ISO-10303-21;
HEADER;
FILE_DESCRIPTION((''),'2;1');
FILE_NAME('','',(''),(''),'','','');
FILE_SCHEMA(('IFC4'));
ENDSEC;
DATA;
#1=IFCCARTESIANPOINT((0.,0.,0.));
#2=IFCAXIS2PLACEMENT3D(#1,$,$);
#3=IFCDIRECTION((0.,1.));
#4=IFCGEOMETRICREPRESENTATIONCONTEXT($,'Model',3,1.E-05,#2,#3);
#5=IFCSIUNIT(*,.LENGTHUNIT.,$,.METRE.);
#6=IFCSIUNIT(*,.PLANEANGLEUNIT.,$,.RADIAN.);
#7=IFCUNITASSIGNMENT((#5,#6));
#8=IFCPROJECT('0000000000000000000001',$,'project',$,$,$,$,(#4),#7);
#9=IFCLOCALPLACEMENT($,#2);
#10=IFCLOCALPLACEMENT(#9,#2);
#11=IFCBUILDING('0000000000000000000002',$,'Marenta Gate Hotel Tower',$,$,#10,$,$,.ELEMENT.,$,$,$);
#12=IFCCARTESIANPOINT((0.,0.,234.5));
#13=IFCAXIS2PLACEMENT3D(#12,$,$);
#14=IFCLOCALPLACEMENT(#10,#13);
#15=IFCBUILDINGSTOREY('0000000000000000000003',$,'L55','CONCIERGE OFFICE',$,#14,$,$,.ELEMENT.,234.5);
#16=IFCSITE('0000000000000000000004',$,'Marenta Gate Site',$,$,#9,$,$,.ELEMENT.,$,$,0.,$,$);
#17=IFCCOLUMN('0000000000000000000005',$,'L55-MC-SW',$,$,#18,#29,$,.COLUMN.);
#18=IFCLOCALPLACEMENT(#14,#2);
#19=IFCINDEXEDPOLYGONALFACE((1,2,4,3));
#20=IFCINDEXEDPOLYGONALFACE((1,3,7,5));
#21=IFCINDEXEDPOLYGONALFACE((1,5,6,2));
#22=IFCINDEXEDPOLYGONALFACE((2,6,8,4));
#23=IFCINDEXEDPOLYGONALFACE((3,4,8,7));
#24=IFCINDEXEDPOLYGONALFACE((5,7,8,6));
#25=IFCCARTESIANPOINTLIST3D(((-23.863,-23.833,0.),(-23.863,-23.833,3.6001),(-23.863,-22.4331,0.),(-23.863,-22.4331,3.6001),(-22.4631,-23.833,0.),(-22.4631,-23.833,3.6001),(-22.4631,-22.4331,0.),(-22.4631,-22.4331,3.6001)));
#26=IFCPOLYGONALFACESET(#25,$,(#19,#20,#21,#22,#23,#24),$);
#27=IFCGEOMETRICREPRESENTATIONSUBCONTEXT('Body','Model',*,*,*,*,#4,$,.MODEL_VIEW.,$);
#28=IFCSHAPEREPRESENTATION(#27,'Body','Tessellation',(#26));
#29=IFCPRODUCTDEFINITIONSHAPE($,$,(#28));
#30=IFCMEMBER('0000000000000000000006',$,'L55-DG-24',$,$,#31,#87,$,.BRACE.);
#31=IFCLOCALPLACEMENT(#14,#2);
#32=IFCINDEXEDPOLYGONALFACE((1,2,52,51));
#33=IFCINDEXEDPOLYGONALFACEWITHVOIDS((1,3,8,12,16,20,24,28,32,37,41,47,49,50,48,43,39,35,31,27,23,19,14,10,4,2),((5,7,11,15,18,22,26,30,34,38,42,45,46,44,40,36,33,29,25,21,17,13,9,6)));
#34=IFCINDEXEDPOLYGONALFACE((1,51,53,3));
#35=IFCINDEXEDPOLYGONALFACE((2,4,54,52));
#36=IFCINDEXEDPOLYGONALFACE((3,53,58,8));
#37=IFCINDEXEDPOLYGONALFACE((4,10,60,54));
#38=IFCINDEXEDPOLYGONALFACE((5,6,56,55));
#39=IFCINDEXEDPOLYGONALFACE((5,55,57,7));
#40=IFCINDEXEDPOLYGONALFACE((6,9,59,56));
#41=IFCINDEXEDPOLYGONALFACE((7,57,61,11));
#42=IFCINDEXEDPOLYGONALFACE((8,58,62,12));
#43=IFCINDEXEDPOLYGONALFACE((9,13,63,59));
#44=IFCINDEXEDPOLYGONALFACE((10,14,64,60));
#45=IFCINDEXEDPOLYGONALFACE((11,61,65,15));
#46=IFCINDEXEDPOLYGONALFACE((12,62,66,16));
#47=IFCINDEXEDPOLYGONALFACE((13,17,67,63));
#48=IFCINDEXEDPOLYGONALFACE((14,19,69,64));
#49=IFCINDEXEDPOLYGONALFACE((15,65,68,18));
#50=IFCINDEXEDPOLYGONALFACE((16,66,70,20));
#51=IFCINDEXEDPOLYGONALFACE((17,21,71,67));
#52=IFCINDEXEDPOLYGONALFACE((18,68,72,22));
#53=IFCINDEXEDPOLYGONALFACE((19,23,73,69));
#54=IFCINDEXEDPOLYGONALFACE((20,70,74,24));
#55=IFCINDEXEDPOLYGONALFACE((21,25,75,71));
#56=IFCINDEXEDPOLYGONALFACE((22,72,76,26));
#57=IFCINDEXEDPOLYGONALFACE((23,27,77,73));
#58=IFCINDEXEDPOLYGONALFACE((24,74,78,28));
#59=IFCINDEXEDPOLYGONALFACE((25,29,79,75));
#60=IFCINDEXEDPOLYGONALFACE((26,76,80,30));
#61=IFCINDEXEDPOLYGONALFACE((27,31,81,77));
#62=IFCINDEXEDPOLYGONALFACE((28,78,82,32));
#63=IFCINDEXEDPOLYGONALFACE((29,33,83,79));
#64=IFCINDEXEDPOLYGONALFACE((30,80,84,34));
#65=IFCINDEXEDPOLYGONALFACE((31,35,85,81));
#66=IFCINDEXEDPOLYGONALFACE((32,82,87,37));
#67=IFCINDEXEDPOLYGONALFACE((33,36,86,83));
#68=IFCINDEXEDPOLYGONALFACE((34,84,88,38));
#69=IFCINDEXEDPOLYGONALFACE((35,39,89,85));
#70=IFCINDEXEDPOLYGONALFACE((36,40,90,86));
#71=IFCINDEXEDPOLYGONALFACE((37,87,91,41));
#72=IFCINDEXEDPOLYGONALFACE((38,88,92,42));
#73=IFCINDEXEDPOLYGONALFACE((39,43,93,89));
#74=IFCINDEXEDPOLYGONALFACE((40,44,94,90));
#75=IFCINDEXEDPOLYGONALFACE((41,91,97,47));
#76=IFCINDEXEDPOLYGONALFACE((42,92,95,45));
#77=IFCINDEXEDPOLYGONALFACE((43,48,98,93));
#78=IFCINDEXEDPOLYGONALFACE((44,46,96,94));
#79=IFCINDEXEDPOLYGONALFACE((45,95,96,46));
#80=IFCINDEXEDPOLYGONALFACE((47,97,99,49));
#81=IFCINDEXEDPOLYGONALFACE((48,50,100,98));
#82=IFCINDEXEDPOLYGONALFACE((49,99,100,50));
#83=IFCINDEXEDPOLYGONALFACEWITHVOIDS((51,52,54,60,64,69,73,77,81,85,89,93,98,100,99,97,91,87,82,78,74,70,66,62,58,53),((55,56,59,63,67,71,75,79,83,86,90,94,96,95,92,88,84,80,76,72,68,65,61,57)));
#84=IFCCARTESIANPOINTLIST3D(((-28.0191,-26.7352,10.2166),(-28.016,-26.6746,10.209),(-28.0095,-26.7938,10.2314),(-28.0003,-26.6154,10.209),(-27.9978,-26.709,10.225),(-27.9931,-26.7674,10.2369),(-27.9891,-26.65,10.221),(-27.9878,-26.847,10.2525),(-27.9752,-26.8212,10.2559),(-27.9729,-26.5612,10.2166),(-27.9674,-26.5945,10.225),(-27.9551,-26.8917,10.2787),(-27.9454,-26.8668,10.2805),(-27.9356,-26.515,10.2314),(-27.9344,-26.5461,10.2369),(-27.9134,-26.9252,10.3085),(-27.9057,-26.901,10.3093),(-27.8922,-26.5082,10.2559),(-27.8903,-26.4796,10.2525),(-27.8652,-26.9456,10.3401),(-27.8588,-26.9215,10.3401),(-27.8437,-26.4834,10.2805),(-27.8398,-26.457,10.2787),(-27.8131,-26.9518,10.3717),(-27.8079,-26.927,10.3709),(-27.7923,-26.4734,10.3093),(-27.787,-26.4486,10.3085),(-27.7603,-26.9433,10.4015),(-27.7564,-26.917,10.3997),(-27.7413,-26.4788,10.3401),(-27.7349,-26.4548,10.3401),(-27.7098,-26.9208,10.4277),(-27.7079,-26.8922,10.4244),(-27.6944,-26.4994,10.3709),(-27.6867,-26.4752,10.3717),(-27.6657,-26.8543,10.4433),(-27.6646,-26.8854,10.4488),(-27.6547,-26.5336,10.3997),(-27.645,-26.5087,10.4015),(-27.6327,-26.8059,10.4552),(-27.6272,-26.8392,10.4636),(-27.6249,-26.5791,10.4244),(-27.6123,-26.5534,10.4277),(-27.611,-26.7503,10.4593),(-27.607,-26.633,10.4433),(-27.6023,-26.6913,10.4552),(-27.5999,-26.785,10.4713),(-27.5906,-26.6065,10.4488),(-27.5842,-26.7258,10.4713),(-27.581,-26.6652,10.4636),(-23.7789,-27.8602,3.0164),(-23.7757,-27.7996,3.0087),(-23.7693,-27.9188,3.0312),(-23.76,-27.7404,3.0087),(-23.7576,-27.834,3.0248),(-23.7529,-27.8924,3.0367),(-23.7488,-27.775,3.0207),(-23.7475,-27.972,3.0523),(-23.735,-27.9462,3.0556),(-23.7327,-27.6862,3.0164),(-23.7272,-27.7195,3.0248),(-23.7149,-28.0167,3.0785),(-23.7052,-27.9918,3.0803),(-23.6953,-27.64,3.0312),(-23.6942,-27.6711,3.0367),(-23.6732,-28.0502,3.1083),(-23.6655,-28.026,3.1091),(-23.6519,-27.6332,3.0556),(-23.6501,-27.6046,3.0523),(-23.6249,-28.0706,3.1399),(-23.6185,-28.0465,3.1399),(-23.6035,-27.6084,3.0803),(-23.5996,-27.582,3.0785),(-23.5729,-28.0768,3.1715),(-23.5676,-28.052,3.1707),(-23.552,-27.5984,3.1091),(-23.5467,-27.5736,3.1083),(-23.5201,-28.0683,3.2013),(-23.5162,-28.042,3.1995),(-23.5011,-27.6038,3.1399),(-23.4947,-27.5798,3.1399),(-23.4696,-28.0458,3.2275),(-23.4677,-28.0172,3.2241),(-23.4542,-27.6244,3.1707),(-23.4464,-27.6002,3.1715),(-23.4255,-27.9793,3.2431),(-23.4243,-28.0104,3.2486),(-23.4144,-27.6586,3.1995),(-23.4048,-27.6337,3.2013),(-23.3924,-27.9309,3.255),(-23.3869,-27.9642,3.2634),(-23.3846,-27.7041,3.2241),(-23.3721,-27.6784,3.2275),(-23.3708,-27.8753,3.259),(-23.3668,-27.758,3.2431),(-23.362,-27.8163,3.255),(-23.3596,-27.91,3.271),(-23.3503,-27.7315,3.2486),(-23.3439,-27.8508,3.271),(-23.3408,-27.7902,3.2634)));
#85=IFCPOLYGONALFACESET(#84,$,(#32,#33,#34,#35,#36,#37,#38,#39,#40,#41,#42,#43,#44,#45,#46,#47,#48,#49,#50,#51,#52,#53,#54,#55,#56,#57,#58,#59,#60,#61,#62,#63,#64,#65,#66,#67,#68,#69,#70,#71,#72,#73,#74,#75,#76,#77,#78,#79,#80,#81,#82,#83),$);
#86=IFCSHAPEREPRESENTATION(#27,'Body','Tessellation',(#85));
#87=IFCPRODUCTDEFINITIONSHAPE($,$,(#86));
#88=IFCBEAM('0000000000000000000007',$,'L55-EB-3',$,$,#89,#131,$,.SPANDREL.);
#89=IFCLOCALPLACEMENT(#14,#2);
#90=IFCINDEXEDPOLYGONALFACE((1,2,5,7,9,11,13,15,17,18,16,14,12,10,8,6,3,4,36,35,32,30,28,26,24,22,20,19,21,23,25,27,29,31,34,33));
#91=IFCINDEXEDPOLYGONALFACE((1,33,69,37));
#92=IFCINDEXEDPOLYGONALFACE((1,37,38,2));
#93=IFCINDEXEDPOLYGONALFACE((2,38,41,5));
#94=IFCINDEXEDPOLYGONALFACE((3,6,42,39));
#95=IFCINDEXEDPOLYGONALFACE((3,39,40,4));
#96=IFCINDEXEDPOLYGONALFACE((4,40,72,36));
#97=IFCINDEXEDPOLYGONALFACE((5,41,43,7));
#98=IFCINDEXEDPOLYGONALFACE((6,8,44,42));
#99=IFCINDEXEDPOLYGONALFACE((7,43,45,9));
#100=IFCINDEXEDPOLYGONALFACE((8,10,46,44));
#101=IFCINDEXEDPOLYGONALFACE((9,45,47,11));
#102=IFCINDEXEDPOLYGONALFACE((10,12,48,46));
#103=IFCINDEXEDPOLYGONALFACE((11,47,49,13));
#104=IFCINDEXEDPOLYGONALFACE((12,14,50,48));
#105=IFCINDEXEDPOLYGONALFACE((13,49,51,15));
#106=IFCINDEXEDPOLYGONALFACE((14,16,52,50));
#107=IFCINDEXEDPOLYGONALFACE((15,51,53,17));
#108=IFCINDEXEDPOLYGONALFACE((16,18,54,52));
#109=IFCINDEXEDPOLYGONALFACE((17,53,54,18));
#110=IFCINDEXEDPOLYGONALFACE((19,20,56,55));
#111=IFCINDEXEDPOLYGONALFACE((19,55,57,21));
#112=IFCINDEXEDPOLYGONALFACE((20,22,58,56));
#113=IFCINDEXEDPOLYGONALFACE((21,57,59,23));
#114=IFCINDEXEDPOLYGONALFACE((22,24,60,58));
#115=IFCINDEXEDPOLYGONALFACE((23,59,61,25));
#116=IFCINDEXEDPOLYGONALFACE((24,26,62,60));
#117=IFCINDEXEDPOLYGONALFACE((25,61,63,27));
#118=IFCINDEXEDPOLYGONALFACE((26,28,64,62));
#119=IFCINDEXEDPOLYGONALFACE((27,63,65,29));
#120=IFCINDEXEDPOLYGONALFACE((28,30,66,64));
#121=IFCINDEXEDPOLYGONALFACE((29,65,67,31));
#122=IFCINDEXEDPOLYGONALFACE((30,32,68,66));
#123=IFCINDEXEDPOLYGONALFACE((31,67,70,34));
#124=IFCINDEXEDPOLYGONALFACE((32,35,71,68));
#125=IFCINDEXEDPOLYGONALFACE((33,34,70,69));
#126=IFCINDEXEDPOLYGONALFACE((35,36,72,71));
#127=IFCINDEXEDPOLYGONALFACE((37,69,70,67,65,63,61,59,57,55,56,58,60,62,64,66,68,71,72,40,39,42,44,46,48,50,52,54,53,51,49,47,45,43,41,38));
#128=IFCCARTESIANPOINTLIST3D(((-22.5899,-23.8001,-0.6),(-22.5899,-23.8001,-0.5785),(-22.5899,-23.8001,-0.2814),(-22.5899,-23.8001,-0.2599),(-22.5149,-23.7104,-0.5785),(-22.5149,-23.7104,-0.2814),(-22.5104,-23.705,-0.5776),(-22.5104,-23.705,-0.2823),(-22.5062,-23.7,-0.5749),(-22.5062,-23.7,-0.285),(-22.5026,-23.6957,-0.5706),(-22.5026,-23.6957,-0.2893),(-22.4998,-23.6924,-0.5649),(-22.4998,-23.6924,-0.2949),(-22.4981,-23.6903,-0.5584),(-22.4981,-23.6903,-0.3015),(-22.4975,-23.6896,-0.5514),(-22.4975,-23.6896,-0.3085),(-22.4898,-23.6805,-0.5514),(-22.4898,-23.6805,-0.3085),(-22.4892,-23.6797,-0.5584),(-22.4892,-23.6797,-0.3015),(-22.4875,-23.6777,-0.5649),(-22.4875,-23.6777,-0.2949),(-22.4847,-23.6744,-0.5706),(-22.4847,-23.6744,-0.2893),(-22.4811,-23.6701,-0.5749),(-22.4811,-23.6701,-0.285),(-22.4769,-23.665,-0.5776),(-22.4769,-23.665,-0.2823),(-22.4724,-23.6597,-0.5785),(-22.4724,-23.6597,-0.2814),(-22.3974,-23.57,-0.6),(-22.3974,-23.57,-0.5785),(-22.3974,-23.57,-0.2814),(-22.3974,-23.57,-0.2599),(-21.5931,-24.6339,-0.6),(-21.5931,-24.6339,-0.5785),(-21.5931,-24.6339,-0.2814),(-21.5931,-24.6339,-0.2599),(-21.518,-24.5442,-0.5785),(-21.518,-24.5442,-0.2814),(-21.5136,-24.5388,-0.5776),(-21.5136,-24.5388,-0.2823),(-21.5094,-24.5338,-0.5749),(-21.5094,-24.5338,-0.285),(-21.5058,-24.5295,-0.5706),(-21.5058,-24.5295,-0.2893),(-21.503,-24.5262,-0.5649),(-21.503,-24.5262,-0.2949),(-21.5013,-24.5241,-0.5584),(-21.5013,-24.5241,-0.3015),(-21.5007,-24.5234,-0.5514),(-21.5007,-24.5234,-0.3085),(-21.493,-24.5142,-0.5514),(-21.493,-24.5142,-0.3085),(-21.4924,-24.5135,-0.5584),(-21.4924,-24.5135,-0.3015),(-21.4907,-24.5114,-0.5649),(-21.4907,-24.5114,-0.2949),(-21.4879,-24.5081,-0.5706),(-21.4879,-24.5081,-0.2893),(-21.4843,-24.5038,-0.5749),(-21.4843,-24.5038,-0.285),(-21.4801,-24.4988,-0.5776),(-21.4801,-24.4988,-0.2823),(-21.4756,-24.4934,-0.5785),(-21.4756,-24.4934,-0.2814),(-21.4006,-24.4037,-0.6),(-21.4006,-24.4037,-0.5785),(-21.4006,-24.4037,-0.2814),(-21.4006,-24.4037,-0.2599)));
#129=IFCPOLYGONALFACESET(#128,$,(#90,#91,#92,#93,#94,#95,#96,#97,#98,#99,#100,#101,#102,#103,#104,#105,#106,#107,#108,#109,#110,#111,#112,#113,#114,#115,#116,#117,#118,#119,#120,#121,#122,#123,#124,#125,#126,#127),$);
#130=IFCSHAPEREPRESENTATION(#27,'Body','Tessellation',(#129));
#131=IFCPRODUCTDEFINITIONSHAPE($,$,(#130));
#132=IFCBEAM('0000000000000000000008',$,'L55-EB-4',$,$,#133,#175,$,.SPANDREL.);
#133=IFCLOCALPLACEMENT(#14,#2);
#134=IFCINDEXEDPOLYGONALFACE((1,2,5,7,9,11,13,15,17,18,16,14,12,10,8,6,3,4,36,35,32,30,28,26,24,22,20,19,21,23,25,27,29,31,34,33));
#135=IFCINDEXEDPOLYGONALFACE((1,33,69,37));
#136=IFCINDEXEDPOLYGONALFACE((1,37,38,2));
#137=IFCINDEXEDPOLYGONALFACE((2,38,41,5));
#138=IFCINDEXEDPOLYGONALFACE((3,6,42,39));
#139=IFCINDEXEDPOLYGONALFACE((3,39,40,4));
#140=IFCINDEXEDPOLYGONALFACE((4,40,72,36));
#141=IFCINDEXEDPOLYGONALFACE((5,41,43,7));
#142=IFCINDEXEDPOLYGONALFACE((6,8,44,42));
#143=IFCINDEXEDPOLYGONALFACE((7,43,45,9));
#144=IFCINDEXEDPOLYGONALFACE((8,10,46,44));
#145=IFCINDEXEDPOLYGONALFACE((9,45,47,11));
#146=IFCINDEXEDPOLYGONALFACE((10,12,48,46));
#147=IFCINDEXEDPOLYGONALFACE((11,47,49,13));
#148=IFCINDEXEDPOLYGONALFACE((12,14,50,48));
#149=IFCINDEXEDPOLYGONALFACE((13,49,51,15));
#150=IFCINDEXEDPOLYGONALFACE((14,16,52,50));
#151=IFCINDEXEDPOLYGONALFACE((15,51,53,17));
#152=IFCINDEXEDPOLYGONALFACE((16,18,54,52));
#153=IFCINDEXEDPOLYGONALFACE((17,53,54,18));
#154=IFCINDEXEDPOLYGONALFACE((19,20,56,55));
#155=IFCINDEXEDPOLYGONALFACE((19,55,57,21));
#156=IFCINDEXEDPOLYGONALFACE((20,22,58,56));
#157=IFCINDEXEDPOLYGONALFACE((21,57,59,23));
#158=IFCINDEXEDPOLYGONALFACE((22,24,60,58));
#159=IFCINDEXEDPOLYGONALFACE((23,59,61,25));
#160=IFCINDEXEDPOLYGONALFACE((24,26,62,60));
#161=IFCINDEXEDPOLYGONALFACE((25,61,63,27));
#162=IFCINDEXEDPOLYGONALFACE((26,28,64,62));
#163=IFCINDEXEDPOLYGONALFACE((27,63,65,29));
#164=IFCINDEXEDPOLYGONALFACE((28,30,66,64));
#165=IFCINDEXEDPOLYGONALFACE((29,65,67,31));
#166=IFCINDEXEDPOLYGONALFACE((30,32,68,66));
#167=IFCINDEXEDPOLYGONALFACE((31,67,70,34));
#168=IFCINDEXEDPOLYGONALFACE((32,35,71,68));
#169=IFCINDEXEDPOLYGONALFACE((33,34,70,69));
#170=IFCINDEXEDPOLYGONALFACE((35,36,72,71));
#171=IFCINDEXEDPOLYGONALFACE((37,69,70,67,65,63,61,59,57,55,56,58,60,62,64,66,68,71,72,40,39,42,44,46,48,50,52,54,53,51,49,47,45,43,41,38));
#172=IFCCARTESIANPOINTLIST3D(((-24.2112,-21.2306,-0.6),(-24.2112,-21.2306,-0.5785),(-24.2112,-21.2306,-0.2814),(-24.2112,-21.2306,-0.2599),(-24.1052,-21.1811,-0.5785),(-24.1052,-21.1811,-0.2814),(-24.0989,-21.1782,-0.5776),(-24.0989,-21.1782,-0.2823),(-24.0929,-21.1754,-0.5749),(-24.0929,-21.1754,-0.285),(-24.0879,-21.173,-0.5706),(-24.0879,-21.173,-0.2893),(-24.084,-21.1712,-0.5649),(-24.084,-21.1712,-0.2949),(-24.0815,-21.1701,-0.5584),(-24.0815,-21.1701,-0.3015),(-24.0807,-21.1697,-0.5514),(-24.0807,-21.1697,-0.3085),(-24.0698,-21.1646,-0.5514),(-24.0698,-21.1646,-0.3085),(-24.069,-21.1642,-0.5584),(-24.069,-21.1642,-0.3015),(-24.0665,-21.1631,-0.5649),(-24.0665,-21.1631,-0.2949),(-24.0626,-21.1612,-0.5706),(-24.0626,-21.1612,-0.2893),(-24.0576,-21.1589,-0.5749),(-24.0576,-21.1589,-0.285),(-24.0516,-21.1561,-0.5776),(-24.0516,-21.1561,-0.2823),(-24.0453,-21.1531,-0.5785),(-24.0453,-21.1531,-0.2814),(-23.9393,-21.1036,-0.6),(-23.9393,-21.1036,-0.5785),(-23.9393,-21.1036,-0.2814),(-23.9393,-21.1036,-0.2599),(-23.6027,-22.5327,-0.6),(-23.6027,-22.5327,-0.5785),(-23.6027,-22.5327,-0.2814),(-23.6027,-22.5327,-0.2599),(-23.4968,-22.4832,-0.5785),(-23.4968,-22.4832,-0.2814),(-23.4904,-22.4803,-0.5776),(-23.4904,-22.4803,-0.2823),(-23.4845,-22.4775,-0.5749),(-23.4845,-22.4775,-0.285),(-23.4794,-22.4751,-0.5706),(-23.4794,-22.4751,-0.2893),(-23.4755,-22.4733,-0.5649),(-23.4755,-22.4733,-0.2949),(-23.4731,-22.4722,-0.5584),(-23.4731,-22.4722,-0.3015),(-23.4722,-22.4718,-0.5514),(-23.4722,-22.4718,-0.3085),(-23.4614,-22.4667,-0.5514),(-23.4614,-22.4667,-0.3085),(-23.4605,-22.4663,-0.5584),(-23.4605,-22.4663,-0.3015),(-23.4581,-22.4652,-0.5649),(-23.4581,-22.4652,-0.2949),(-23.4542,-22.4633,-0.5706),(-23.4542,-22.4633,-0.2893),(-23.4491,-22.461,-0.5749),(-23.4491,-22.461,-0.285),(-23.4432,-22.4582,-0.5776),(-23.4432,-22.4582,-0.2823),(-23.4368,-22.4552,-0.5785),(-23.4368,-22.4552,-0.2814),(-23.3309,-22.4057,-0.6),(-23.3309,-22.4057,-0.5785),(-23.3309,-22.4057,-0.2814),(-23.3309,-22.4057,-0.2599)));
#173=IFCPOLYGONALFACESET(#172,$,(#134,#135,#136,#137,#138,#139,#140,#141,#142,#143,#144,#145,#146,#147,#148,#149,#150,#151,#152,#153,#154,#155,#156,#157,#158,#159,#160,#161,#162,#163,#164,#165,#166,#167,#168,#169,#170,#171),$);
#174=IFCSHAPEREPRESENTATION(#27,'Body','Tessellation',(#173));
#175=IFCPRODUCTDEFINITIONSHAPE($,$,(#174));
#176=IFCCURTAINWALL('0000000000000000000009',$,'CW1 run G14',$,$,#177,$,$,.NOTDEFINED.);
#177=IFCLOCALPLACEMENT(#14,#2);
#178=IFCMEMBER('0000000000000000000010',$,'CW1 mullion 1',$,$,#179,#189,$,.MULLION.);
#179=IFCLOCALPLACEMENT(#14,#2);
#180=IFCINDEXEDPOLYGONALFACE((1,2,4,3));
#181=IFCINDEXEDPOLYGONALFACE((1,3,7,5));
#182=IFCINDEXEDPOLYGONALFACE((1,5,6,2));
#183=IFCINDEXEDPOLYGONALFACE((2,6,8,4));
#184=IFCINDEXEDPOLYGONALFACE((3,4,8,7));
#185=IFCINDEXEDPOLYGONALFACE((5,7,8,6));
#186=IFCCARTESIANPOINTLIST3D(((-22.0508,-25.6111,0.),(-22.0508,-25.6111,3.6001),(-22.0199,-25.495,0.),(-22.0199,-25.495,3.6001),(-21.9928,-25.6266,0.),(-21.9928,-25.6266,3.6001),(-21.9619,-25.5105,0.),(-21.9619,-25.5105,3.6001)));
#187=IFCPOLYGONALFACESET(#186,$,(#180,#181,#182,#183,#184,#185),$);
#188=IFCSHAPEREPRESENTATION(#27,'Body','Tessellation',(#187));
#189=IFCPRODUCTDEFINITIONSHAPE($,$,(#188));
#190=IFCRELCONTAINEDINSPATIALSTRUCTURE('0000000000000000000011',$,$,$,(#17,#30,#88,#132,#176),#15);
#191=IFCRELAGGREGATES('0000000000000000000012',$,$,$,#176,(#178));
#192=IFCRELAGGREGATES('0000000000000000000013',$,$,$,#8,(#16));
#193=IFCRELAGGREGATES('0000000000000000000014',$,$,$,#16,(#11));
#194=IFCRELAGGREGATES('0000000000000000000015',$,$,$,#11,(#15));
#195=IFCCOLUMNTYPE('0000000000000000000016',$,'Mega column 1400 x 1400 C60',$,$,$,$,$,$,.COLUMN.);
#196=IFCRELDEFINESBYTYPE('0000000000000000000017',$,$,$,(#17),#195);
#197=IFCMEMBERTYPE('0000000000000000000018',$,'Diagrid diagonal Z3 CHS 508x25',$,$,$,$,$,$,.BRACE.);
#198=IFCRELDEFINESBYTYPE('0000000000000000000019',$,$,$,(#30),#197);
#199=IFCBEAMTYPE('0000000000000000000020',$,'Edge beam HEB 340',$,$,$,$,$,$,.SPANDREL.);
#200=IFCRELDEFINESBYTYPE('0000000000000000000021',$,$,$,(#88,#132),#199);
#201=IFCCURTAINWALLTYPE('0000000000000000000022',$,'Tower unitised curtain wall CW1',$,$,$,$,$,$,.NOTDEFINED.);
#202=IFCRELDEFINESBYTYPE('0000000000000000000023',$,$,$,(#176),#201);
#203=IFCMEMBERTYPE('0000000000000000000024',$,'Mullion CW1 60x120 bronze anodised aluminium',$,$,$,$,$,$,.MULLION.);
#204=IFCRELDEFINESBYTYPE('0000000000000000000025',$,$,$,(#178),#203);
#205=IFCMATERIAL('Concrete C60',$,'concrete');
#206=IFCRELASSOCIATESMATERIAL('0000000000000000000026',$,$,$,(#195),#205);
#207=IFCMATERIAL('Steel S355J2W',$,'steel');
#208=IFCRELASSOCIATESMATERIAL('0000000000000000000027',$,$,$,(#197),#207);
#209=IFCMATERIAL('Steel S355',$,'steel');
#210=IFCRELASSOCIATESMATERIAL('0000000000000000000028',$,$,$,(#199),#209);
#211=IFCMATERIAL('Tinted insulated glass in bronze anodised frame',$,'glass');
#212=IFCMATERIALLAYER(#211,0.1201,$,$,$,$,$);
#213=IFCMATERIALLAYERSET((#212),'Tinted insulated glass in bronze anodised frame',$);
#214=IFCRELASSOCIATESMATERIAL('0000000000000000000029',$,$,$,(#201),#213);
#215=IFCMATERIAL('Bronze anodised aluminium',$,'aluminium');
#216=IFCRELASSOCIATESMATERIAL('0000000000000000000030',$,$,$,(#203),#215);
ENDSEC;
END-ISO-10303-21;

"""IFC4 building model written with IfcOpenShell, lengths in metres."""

from ifc_helpers import new_model, si_unit, direction, frame, origin, origin_2d, place, context, subcontext, project, spatial, rectangle, hollow_circle, i_section, extrude, material, layer, layer_set, material_profile, profile_set, type_object, element, aggregate, save


model = new_model("IFC4")

# Units and contexts
model_context = context("Model", 3, precision=1e-05, world=origin(), true_north=direction((0.0, 1.0)))
body_context = subcontext(model_context, "Body", "Model", "MODEL_VIEW")
ifc_project = project(units=[si_unit("LENGTHUNIT", "METRE"), si_unit("PLANEANGLEUNIT", "RADIAN")], contexts=[model_context])

# Site, building, storey
site_placement = place(None, origin())
site = spatial("IfcSite", under=ifc_project, at=site_placement, Name="Marenta Gate Site", CompositionType="ELEMENT", RefElevation=0.0)
building_placement = place(site_placement, origin())
building = spatial("IfcBuilding", under=site, at=building_placement, Name="Marenta Gate Hotel Tower", CompositionType="ELEMENT")
storey_placement = place(building_placement, frame((0.0, 0.0, 234.5)))
storey = spatial("IfcBuildingStorey", under=building, at=storey_placement, Name="L55", Description="CONCIERGE OFFICE", CompositionType="ELEMENT", Elevation=234.5)

# Column
ifc_material_1 = material(Name="Concrete C60", Category="concrete")
ifc_material_profile_1 = material_profile(ifc_material_1, rectangle(XDim=1.3999, YDim=1.3999, at=origin_2d()), Name="1400 x 1400")
ifc_profile_set_1 = profile_set([ifc_material_profile_1], Name="Concrete C60")
column_type = type_object("IfcColumnType", Name="Mega column 1400 x 1400 C60", PredefinedType="COLUMN", material=ifc_profile_set_1)
column_placement = place(storey_placement, frame((-23.1631, -23.1331, 0.0), z_axis=(0.0, 0.0, 1.0), x_axis=(1.0, 0.0, 0.0)))
element("IfcColumn", 1, at=column_placement, inside=storey, type_object=column_type, Name="L55-MC-SW", PredefinedType="COLUMN", context=body_context, shape_type="SweptSolid", body=[
    extrude(rectangle(XDim=1.3999, YDim=1.3999, at=origin_2d()), origin(), (0.0, 0.0, 1.0), 3.6001),
])

# Member
ifc_material_2 = material(Name="Steel S355J2W", Category="steel")
ifc_material_profile_2 = material_profile(ifc_material_2, hollow_circle(Radius=0.2539, WallThickness=0.0249, at=origin_2d()), Name="CHS 508x25")
ifc_profile_set_2 = profile_set([ifc_material_profile_2], Name="Steel S355J2W")
member_type_1 = type_object("IfcMemberType", Name="Diagrid diagonal Z3 CHS 508x25", PredefinedType="BRACE", material=ifc_profile_set_2)
member_1_placement = place(storey_placement, frame((-23.5598, -27.8252, 3.1399), z_axis=(-0.502912, 0.13343, 0.853977), x_axis=(-0.256443, -0.966559, 0.0)))
element("IfcMember", 2, at=member_1_placement, inside=storey, type_object=member_type_1, Name="L55-DG-24", PredefinedType="BRACE", context=body_context, shape_type="SweptSolid", body=[
    extrude(hollow_circle(Radius=0.2539, WallThickness=0.0249, at=origin_2d()), origin(), (0.0, 0.0, 1.0), 8.4314),
])

# Beams
ifc_material_3 = material(Name="Steel S355", Category="steel")
ifc_material_profile_3 = material_profile(ifc_material_3, i_section(OverallWidth=0.3, OverallDepth=0.3401, WebThickness=0.012, FlangeThickness=0.0215, FilletRadius=0.0271, at=origin_2d()), Name="HEB 340")
ifc_profile_set_3 = profile_set([ifc_material_profile_3], Name="Steel S355")
beam_type = type_object("IfcBeamType", Name="Edge beam HEB 340", PredefinedType="SPANDREL", material=ifc_profile_set_3)
beam_1_placement = place(storey_placement, frame((-21.4968, -24.5188, -0.4299), z_axis=(-0.767065, 0.641569, 0.0), x_axis=(-0.641569, -0.767065, 0.0)))
element("IfcBeam", 3, at=beam_1_placement, inside=storey, type_object=beam_type, Name="L55-EB-3", PredefinedType="SPANDREL", context=body_context, shape_type="SweptSolid", body=[
    extrude(i_section(OverallWidth=0.3, OverallDepth=0.3401, WebThickness=0.012, FlangeThickness=0.0215, FilletRadius=0.0271, at=origin_2d()), origin(), (0.0, 0.0, 1.0), 1.2996),
])
beam_2_placement = place(storey_placement, frame((-23.4668, -22.4692, -0.4299), z_axis=(-0.423341, 0.90597, 0.0), x_axis=(-0.90597, -0.423341, 0.0)))
element("IfcBeam", 4, at=beam_2_placement, inside=storey, type_object=beam_type, Name="L55-EB-4", PredefinedType="SPANDREL", context=body_context, shape_type="SweptSolid", body=[
    extrude(i_section(OverallWidth=0.3, OverallDepth=0.3401, WebThickness=0.012, FlangeThickness=0.0215, FilletRadius=0.0271, at=origin_2d()), origin(), (0.0, 0.0, 1.0), 1.4373),
])

# Curtain wall, member
ifc_material_4 = material(Name="Tinted insulated glass in bronze anodised frame", Category="glass")
ifc_layer_1 = layer(ifc_material_4, 0.1201)
ifc_layer_set_1 = layer_set([ifc_layer_1], Name="Tinted insulated glass in bronze anodised frame")
curtain_wall_type = type_object("IfcCurtainWallType", Name="Tower unitised curtain wall CW1", PredefinedType="NOTDEFINED", material=ifc_layer_set_1)
curtain_wall_1_placement = place(storey_placement, origin())
curtain_wall_1 = element("IfcCurtainWall", 5, at=curtain_wall_1_placement, inside=storey, type_object=curtain_wall_type, Name="CW1 run G14", PredefinedType="NOTDEFINED")
ifc_material_5 = material(Name="Bronze anodised aluminium", Category="aluminium")
ifc_material_profile_4 = material_profile(ifc_material_5, rectangle(XDim=0.1201, YDim=0.0601, at=origin_2d()), Name="Mullion CW1 60x120 bronze anodised aluminium")
ifc_profile_set_4 = profile_set([ifc_material_profile_4], Name="Bronze anodised aluminium")
member_type_2 = type_object("IfcMemberType", Name="Mullion CW1 60x120 bronze anodised aluminium", PredefinedType="MULLION", material=ifc_profile_set_4)
member_2_placement = place(storey_placement, frame((-22.0063, -25.5608, 0.0), z_axis=(0.0, 0.0, 1.0), x_axis=(0.257136, 0.966375, 0.0)))
member_2 = element("IfcMember", 6, at=member_2_placement, type_object=member_type_2, Name="CW1 mullion 1", PredefinedType="MULLION", context=body_context, shape_type="SweptSolid", body=[
    extrude(rectangle(XDim=0.1201, YDim=0.0601, at=origin_2d()), origin(), (0.0, 0.0, 1.0), 3.6001),
])
aggregate(curtain_wall_1, [member_2])

save(model, "model.ifc")
